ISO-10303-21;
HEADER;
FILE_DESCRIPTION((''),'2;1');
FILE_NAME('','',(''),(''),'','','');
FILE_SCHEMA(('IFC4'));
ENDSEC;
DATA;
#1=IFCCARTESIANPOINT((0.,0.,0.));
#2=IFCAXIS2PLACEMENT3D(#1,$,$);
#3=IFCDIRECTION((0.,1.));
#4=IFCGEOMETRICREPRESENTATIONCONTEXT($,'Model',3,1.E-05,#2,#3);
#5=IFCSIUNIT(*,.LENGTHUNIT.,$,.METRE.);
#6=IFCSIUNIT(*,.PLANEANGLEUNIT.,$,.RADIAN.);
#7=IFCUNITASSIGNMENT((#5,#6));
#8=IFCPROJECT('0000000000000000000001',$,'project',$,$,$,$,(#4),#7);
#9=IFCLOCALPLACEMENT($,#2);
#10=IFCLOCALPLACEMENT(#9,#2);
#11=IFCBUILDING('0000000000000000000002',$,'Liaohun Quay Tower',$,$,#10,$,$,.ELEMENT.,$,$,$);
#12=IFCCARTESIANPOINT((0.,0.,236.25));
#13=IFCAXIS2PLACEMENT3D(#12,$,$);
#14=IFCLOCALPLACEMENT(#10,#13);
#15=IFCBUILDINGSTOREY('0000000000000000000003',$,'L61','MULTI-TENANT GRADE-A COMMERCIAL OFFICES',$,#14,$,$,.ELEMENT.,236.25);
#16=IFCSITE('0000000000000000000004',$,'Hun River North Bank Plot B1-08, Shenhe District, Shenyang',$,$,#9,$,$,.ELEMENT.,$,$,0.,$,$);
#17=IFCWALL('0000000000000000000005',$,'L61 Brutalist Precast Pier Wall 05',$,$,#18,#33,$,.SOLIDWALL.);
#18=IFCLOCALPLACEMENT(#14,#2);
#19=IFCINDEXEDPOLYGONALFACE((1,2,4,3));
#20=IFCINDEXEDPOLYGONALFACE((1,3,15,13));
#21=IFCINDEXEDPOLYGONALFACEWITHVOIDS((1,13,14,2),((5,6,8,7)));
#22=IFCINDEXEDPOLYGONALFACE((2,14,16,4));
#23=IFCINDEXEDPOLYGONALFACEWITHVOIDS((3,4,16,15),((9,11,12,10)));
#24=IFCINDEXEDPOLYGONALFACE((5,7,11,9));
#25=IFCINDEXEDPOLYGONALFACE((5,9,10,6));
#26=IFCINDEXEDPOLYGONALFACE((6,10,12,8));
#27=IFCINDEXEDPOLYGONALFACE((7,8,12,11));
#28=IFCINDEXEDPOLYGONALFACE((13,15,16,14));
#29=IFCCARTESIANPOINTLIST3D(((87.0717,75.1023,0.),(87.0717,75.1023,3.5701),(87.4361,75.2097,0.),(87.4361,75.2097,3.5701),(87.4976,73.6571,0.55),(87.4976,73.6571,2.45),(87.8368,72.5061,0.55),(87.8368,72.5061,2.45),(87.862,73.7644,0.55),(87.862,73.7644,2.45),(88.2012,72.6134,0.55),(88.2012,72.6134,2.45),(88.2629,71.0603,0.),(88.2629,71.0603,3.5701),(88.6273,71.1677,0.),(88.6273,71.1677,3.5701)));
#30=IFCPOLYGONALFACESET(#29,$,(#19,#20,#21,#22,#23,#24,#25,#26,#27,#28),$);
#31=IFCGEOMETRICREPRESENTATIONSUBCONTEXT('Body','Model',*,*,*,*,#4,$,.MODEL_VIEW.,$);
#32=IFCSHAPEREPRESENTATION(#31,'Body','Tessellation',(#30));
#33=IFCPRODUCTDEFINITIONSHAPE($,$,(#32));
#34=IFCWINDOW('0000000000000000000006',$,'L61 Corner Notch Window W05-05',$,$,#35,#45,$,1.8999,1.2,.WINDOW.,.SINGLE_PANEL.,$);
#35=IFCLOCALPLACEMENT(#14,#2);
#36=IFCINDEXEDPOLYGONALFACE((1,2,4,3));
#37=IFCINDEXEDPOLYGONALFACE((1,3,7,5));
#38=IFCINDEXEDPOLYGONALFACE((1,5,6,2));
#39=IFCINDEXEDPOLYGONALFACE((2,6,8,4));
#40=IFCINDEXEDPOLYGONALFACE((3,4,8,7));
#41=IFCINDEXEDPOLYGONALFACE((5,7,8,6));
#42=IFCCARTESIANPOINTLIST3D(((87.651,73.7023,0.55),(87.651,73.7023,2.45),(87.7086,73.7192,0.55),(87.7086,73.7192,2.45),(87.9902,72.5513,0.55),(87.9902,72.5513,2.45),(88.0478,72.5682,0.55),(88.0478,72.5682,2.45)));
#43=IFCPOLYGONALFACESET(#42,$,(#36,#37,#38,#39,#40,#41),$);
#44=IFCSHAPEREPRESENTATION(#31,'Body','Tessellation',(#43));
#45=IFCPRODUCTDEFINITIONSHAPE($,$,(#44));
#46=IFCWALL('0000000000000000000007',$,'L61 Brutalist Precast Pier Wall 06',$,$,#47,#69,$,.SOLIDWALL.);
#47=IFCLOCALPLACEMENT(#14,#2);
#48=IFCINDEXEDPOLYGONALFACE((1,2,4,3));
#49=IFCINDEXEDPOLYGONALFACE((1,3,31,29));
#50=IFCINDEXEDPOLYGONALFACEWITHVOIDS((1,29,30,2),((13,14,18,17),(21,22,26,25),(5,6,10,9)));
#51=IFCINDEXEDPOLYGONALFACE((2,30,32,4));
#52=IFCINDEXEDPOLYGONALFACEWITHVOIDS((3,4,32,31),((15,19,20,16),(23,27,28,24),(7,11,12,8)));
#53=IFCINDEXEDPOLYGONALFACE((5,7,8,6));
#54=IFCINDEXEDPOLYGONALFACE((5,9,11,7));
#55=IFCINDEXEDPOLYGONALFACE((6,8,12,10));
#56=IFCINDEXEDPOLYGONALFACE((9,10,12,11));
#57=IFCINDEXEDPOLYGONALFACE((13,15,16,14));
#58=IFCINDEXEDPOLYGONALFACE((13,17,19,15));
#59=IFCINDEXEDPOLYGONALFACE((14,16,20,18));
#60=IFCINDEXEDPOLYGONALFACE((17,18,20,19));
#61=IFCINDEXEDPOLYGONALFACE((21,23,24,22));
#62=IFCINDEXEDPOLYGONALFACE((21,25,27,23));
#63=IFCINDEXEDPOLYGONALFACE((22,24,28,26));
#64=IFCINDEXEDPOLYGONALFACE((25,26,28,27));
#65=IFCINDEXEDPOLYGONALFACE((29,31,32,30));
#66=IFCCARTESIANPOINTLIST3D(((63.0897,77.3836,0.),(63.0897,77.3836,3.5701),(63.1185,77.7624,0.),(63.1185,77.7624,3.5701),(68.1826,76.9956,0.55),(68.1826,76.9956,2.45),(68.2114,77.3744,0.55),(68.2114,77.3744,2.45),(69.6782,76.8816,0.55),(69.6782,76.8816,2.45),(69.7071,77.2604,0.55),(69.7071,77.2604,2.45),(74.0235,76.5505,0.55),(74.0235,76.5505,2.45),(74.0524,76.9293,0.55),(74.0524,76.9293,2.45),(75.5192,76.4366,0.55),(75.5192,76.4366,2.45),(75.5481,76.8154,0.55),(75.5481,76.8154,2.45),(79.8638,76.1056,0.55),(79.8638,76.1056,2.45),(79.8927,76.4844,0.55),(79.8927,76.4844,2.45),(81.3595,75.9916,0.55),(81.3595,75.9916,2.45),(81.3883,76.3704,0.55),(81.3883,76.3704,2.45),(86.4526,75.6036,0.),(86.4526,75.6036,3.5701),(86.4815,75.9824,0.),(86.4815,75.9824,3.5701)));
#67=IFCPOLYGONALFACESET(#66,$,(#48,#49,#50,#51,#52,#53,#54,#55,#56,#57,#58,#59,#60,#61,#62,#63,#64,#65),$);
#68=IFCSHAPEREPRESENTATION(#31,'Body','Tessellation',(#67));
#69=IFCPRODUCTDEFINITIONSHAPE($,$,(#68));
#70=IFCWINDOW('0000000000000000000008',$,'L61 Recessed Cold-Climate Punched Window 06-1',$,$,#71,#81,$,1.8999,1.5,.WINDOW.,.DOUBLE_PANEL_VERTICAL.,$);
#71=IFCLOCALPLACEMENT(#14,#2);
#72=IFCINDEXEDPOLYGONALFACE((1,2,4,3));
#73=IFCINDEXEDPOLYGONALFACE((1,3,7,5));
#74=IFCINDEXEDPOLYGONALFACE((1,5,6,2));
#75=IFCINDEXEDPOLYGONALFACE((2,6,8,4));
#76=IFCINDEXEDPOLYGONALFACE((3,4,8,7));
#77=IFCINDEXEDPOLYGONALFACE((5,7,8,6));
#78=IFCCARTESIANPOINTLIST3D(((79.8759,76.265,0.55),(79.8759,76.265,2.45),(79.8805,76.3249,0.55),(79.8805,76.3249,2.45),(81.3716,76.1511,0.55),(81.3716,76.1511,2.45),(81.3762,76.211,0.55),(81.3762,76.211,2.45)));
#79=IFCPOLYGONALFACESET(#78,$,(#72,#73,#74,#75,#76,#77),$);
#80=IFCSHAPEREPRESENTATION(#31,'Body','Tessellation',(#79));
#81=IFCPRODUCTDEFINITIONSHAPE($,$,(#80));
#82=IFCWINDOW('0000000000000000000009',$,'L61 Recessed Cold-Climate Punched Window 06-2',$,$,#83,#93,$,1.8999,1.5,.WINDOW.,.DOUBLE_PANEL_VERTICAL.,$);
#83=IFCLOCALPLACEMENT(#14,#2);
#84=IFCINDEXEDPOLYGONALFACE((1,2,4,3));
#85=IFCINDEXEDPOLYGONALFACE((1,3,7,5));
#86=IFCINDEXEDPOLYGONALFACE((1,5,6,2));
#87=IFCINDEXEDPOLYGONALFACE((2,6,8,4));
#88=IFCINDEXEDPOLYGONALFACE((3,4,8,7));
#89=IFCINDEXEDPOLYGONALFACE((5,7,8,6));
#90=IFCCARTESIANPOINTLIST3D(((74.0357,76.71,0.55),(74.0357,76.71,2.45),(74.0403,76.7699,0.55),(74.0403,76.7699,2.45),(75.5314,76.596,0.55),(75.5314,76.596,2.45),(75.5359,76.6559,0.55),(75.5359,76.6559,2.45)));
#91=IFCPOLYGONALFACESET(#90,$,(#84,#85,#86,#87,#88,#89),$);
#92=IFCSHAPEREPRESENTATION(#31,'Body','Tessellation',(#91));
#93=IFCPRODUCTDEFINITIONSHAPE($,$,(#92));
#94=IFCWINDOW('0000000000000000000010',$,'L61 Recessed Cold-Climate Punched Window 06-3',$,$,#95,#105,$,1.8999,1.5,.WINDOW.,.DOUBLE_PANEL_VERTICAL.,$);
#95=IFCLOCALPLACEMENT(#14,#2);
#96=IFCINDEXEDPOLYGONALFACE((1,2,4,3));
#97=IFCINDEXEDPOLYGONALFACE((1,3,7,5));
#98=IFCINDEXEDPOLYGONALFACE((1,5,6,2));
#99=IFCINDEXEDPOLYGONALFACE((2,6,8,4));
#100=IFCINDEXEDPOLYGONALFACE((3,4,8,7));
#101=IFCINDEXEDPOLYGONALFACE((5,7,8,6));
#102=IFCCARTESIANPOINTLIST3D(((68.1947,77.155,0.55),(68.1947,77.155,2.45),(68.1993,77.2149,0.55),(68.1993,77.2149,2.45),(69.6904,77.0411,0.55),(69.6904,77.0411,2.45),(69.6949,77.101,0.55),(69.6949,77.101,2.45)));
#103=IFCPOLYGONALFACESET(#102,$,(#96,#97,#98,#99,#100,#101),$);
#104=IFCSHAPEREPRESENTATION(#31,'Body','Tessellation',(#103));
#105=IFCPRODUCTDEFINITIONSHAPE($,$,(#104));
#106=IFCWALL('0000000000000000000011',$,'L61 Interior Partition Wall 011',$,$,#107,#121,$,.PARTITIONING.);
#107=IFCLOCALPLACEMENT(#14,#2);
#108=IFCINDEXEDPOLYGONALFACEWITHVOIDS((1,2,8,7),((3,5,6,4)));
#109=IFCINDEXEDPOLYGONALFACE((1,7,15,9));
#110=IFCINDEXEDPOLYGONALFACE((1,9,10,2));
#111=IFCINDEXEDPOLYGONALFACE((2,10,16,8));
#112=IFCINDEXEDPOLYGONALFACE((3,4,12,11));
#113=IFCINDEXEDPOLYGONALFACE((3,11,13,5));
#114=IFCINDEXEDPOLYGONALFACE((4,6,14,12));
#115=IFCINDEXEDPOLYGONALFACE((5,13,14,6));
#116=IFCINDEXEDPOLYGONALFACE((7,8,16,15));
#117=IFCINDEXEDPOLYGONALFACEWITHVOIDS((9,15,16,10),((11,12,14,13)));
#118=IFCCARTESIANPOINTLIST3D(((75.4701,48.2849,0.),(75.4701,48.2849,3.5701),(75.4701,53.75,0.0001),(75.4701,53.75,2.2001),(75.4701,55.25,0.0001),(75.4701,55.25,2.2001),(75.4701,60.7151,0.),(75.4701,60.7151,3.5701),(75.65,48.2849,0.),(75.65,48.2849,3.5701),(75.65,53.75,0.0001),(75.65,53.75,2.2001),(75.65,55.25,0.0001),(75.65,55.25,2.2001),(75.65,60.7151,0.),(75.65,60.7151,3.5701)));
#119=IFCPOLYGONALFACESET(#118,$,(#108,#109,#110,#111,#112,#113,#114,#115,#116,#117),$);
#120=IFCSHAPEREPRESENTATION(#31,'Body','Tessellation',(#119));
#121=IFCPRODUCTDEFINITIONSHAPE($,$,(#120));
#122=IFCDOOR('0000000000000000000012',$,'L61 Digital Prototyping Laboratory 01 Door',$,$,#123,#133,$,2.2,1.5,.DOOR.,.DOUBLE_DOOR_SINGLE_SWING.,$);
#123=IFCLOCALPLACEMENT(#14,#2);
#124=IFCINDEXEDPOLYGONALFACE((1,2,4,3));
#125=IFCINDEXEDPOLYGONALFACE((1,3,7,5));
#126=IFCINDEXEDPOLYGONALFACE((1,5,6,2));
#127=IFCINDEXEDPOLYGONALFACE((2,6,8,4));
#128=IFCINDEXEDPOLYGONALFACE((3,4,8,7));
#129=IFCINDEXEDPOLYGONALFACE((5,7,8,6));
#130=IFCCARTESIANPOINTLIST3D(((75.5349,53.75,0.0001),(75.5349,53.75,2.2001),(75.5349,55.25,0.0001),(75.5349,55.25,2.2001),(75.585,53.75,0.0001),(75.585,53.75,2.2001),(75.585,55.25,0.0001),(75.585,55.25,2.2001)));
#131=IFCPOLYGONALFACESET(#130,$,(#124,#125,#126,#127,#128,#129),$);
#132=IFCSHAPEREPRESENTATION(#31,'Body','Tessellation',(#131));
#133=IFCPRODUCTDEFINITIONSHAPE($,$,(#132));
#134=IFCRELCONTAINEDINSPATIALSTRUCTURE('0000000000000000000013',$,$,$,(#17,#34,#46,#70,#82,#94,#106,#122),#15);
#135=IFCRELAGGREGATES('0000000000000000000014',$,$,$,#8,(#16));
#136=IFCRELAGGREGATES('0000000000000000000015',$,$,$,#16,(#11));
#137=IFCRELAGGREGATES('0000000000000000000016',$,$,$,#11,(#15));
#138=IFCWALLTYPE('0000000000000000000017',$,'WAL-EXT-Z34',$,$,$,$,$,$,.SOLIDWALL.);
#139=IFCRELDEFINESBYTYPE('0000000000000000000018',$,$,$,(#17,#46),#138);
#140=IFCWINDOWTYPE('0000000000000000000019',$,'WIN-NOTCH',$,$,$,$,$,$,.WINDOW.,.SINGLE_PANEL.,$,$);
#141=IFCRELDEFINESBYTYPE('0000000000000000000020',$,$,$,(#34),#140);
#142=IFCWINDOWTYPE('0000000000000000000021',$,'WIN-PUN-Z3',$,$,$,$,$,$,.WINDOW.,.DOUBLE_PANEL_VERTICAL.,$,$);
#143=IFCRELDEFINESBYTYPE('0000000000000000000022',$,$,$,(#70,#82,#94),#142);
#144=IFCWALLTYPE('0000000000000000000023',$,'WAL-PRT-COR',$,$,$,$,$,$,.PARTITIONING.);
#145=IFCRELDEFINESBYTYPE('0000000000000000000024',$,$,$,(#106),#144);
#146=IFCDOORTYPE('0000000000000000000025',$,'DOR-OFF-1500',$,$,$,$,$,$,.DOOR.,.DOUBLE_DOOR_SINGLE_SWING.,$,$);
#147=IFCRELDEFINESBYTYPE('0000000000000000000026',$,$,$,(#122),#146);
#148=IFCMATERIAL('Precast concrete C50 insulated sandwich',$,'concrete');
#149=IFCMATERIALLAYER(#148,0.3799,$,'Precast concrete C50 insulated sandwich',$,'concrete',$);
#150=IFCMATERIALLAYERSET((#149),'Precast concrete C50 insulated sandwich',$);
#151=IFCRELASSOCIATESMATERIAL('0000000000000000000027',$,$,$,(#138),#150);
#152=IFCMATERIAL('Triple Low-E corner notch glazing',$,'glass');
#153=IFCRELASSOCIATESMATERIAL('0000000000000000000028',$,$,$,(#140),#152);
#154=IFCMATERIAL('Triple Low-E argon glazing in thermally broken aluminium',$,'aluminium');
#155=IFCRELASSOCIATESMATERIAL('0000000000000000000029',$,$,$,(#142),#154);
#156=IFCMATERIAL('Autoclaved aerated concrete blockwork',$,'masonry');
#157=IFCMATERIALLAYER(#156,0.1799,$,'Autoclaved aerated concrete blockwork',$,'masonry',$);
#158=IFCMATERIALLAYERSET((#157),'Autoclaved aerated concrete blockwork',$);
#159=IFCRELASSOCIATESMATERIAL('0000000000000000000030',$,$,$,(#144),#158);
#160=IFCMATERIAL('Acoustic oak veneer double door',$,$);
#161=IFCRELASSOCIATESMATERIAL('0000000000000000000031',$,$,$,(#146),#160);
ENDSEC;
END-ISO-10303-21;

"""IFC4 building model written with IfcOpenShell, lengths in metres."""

from ifc_helpers import new_model, si_unit, direction, frame, frame_2d, origin, place, context, subcontext, project, spatial, rectangle, extrude, source, transform, mapped, material, layer, layer_set, type_object, element, fill, save


model = new_model("IFC4")

# Units and contexts
model_context = context("Model", 3, precision=1e-05, world=origin(), true_north=direction((0.0, 1.0)))
body_context = subcontext(model_context, "Body", "Model", "MODEL_VIEW")
ifc_project = project(units=[si_unit("LENGTHUNIT", "METRE"), si_unit("PLANEANGLEUNIT", "RADIAN")], contexts=[model_context])

# Site, building, storey
site_placement = place(None, origin())
site = spatial("IfcSite", under=ifc_project, at=site_placement, Name="Hun River North Bank Plot B1-08, Shenhe District, Shenyang", CompositionType="ELEMENT", RefElevation=0.0)
building_placement = place(site_placement, origin())
building = spatial("IfcBuilding", under=site, at=building_placement, Name="Liaohun Quay Tower", CompositionType="ELEMENT")
storey_placement = place(building_placement, frame((0.0, 0.0, 236.25)))
storey = spatial("IfcBuildingStorey", under=building, at=storey_placement, Name="L61", Description="MULTI-TENANT GRADE-A COMMERCIAL OFFICES", CompositionType="ELEMENT", Elevation=236.25)

# Wall, opening, window
ifc_material_1 = material(Name="Precast concrete C50 insulated sandwich", Category="concrete")
ifc_layer_1 = layer(ifc_material_1, 0.3799, Name="Precast concrete C50 insulated sandwich", Category="concrete")
ifc_layer_set_1 = layer_set([ifc_layer_1], Name="Precast concrete C50 insulated sandwich")
wall_type_1 = type_object("IfcWallType", Name="WAL-EXT-Z34", PredefinedType="SOLIDWALL", material=ifc_layer_set_1)
shared_shape_1 = source(origin(), body_context, "Body", "SweptSolid", [
    extrude(rectangle(XDim=1.2, YDim=1.8999, at=frame_2d((0.6001, 0.95))), frame((0.0, 0.2, 0.0), z_axis=(0.0, -1.0, 0.0), x_axis=(1.0, 0.0, 0.0)), (0.0, 0.0, 1.0), 0.3999),
])
ifc_material_2 = material(Name="Triple Low-E corner notch glazing", Category="glass")
window_type_1 = type_object("IfcWindowType", Name="WIN-NOTCH", PartitioningType="SINGLE_PANEL", PredefinedType="WINDOW", material=ifc_material_2)
shared_shape_2 = source(origin(), body_context, "Body", "SweptSolid", [
    extrude(rectangle(XDim=1.2, YDim=1.8999, at=frame_2d((0.6001, 0.95))), frame((0.0, 0.03, 0.0), z_axis=(0.0, -1.0, 0.0), x_axis=(1.0, 0.0, 0.0)), (0.0, 0.0, 1.0), 0.0601),
])
wall_1_placement = place(storey_placement, frame((88.4451, 71.114, 0.0), z_axis=(0.0, 0.0, 1.0), x_axis=(-0.282678, 0.959215, 0.0)))
wall_1 = element("IfcWall", 1, at=wall_1_placement, inside=storey, type_object=wall_type_1, Name="L61 Brutalist Precast Pier Wall 05", PredefinedType="SOLIDWALL", context=body_context, shape_type="SweptSolid", body=[
    extrude(rectangle(XDim=4.2139, YDim=0.3799, at=frame_2d((2.1069, 0.0))), origin(), (0.0, 0.0, 1.0), 3.5701),
])
opening_1_placement = place(wall_1_placement, frame((1.5071, 0.0, 0.55)))
opening_1 = element("IfcOpeningElement", 2, at=opening_1_placement, cuts=wall_1, PredefinedType="OPENING", context=body_context, shape_type="MappedRepresentation", body=[
    mapped(shared_shape_1, transform((0.0, 0.0, 0.0), x_axis=(1.0, 0.0, 0.0), y_axis=(0.0, 1.0, 0.0), z_axis=(0.0, 0.0, 1.0), scale=1.0)),
])
window_1_placement = place(opening_1_placement, origin())
window_1 = element("IfcWindow", 3, at=window_1_placement, inside=storey, type_object=window_type_1, Name="L61 Corner Notch Window W05-05", OverallHeight=1.8999, OverallWidth=1.2, PartitioningType="SINGLE_PANEL", PredefinedType="WINDOW", context=body_context, shape_type="MappedRepresentation", body=[
    mapped(shared_shape_2, transform((0.0, 0.0, 0.0), x_axis=(1.0, 0.0, 0.0), y_axis=(0.0, 1.0, 0.0), z_axis=(0.0, 0.0, 1.0), scale=1.0)),
])
fill(opening_1, window_1)

# Wall, openings, windows
wall_2_placement = place(storey_placement, frame((86.467, 75.793, 0.0), z_axis=(0.0, 0.0, 1.0), x_axis=(-0.99711, 0.07597, 0.0)))
wall_2 = element("IfcWall", 4, at=wall_2_placement, inside=storey, type_object=wall_type_1, Name="L61 Brutalist Precast Pier Wall 06", PredefinedType="SOLIDWALL", context=body_context, shape_type="SweptSolid", body=[
    extrude(rectangle(XDim=23.4307, YDim=0.3799, at=frame_2d((11.7153, 0.0))), origin(), (0.0, 0.0, 1.0), 3.5701),
])
shared_shape_3 = source(origin(), body_context, "Body", "SweptSolid", [
    extrude(rectangle(XDim=1.5, YDim=1.8999, at=frame_2d((0.75, 0.95))), frame((0.0, 0.2, 0.0), z_axis=(0.0, -1.0, 0.0), x_axis=(1.0, 0.0, 0.0)), (0.0, 0.0, 1.0), 0.3999),
])
opening_2_placement = place(wall_2_placement, frame((5.1079, 0.0, 0.55)))
opening_2 = element("IfcOpeningElement", 5, at=opening_2_placement, cuts=wall_2, PredefinedType="OPENING", context=body_context, shape_type="MappedRepresentation", body=[
    mapped(shared_shape_3, transform((0.0, 0.0, 0.0), x_axis=(1.0, 0.0, 0.0), y_axis=(0.0, 1.0, 0.0), z_axis=(0.0, 0.0, 1.0), scale=1.0)),
])
opening_3_placement = place(wall_2_placement, frame((10.9651, 0.0, 0.55)))
opening_3 = element("IfcOpeningElement", 6, at=opening_3_placement, cuts=wall_2, PredefinedType="OPENING", context=body_context, shape_type="MappedRepresentation", body=[
    mapped(shared_shape_3, transform((0.0, 0.0, 0.0), x_axis=(1.0, 0.0, 0.0), y_axis=(0.0, 1.0, 0.0), z_axis=(0.0, 0.0, 1.0), scale=1.0)),
])
opening_4_placement = place(wall_2_placement, frame((16.823, 0.0, 0.55)))
opening_4 = element("IfcOpeningElement", 7, at=opening_4_placement, cuts=wall_2, PredefinedType="OPENING", context=body_context, shape_type="MappedRepresentation", body=[
    mapped(shared_shape_3, transform((0.0, 0.0, 0.0), x_axis=(1.0, 0.0, 0.0), y_axis=(0.0, 1.0, 0.0), z_axis=(0.0, 0.0, 1.0), scale=1.0)),
])
ifc_material_3 = material(Name="Triple Low-E argon glazing in thermally broken aluminium", Category="aluminium")
window_type_2 = type_object("IfcWindowType", Name="WIN-PUN-Z3", PartitioningType="DOUBLE_PANEL_VERTICAL", PredefinedType="WINDOW", material=ifc_material_3)
shared_shape_4 = source(origin(), body_context, "Body", "SweptSolid", [
    extrude(rectangle(XDim=1.5, YDim=1.8999, at=frame_2d((0.75, 0.95))), frame((0.0, 0.03, 0.0), z_axis=(0.0, -1.0, 0.0), x_axis=(1.0, 0.0, 0.0)), (0.0, 0.0, 1.0), 0.0601),
])
window_2_placement = place(opening_2_placement, origin())
window_2 = element("IfcWindow", 8, at=window_2_placement, inside=storey, type_object=window_type_2, Name="L61 Recessed Cold-Climate Punched Window 06-1", OverallHeight=1.8999, OverallWidth=1.5, PartitioningType="DOUBLE_PANEL_VERTICAL", PredefinedType="WINDOW", context=body_context, shape_type="MappedRepresentation", body=[
    mapped(shared_shape_4, transform((0.0, 0.0, 0.0), x_axis=(1.0, 0.0, 0.0), y_axis=(0.0, 1.0, 0.0), z_axis=(0.0, 0.0, 1.0), scale=1.0)),
])
fill(opening_2, window_2)
window_3_placement = place(opening_3_placement, origin())
window_3 = element("IfcWindow", 9, at=window_3_placement, inside=storey, type_object=window_type_2, Name="L61 Recessed Cold-Climate Punched Window 06-2", OverallHeight=1.8999, OverallWidth=1.5, PartitioningType="DOUBLE_PANEL_VERTICAL", PredefinedType="WINDOW", context=body_context, shape_type="MappedRepresentation", body=[
    mapped(shared_shape_4, transform((0.0, 0.0, 0.0), x_axis=(1.0, 0.0, 0.0), y_axis=(0.0, 1.0, 0.0), z_axis=(0.0, 0.0, 1.0), scale=1.0)),
])
fill(opening_3, window_3)
window_4_placement = place(opening_4_placement, origin())
window_4 = element("IfcWindow", 10, at=window_4_placement, inside=storey, type_object=window_type_2, Name="L61 Recessed Cold-Climate Punched Window 06-3", OverallHeight=1.8999, OverallWidth=1.5, PartitioningType="DOUBLE_PANEL_VERTICAL", PredefinedType="WINDOW", context=body_context, shape_type="MappedRepresentation", body=[
    mapped(shared_shape_4, transform((0.0, 0.0, 0.0), x_axis=(1.0, 0.0, 0.0), y_axis=(0.0, 1.0, 0.0), z_axis=(0.0, 0.0, 1.0), scale=1.0)),
])
fill(opening_4, window_4)

# Wall, opening, door
ifc_material_4 = material(Name="Autoclaved aerated concrete blockwork", Category="masonry")
ifc_layer_2 = layer(ifc_material_4, 0.1799, Name="Autoclaved aerated concrete blockwork", Category="masonry")
ifc_layer_set_2 = layer_set([ifc_layer_2], Name="Autoclaved aerated concrete blockwork")
wall_type_2 = type_object("IfcWallType", Name="WAL-PRT-COR", PredefinedType="PARTITIONING", material=ifc_layer_set_2)
wall_3_placement = place(storey_placement, frame((75.5601, 60.7151, 0.0), z_axis=(0.0, 0.0, 1.0), x_axis=(0.0, -1.0, 0.0)))
wall_3 = element("IfcWall", 11, at=wall_3_placement, inside=storey, type_object=wall_type_2, Name="L61 Interior Partition Wall 011", PredefinedType="PARTITIONING", context=body_context, shape_type="SweptSolid", body=[
    extrude(rectangle(XDim=12.4302, YDim=0.1799, at=frame_2d((6.2151, 0.0))), origin(), (0.0, 0.0, 1.0), 3.5701),
])
shared_shape_5 = source(origin(), body_context, "Body", "SweptSolid", [
    extrude(rectangle(XDim=1.5, YDim=2.2, at=frame_2d((0.75, 1.1001))), frame((0.0, 0.0999, 0.0), z_axis=(0.0, -1.0, 0.0), x_axis=(1.0, 0.0, 0.0)), (0.0, 0.0, 1.0), 0.2),
])
opening_5_placement = place(wall_3_placement, frame((5.4651, 0.0, 0.0)))
opening_5 = element("IfcOpeningElement", 12, at=opening_5_placement, cuts=wall_3, PredefinedType="OPENING", context=body_context, shape_type="MappedRepresentation", body=[
    mapped(shared_shape_5, transform((0.0, 0.0, 0.0), x_axis=(1.0, 0.0, 0.0), y_axis=(0.0, 1.0, 0.0), z_axis=(0.0, 0.0, 1.0), scale=1.0)),
])
ifc_material_5 = material(Name="Acoustic oak veneer double door")
door_type_1 = type_object("IfcDoorType", Name="DOR-OFF-1500", OperationType="DOUBLE_DOOR_SINGLE_SWING", PredefinedType="DOOR", material=ifc_material_5)
shared_shape_6 = source(origin(), body_context, "Body", "SweptSolid", [
    extrude(rectangle(XDim=1.5, YDim=2.2, at=frame_2d((0.75, 1.1001))), frame((0.0, 0.0249, 0.0), z_axis=(0.0, -1.0, 0.0), x_axis=(1.0, 0.0, 0.0)), (0.0, 0.0, 1.0), 0.05),
])
door_1_placement = place(opening_5_placement, origin())
door_1 = element("IfcDoor", 13, at=door_1_placement, inside=storey, type_object=door_type_1, Name="L61 Digital Prototyping Laboratory 01 Door", OperationType="DOUBLE_DOOR_SINGLE_SWING", OverallHeight=2.2, OverallWidth=1.5, PredefinedType="DOOR", context=body_context, shape_type="MappedRepresentation", body=[
    mapped(shared_shape_6, transform((0.0, 0.0, 0.0), x_axis=(1.0, 0.0, 0.0), y_axis=(0.0, 1.0, 0.0), z_axis=(0.0, 0.0, 1.0), scale=1.0)),
])
fill(opening_5, door_1)

save(model, "model.ifc")
